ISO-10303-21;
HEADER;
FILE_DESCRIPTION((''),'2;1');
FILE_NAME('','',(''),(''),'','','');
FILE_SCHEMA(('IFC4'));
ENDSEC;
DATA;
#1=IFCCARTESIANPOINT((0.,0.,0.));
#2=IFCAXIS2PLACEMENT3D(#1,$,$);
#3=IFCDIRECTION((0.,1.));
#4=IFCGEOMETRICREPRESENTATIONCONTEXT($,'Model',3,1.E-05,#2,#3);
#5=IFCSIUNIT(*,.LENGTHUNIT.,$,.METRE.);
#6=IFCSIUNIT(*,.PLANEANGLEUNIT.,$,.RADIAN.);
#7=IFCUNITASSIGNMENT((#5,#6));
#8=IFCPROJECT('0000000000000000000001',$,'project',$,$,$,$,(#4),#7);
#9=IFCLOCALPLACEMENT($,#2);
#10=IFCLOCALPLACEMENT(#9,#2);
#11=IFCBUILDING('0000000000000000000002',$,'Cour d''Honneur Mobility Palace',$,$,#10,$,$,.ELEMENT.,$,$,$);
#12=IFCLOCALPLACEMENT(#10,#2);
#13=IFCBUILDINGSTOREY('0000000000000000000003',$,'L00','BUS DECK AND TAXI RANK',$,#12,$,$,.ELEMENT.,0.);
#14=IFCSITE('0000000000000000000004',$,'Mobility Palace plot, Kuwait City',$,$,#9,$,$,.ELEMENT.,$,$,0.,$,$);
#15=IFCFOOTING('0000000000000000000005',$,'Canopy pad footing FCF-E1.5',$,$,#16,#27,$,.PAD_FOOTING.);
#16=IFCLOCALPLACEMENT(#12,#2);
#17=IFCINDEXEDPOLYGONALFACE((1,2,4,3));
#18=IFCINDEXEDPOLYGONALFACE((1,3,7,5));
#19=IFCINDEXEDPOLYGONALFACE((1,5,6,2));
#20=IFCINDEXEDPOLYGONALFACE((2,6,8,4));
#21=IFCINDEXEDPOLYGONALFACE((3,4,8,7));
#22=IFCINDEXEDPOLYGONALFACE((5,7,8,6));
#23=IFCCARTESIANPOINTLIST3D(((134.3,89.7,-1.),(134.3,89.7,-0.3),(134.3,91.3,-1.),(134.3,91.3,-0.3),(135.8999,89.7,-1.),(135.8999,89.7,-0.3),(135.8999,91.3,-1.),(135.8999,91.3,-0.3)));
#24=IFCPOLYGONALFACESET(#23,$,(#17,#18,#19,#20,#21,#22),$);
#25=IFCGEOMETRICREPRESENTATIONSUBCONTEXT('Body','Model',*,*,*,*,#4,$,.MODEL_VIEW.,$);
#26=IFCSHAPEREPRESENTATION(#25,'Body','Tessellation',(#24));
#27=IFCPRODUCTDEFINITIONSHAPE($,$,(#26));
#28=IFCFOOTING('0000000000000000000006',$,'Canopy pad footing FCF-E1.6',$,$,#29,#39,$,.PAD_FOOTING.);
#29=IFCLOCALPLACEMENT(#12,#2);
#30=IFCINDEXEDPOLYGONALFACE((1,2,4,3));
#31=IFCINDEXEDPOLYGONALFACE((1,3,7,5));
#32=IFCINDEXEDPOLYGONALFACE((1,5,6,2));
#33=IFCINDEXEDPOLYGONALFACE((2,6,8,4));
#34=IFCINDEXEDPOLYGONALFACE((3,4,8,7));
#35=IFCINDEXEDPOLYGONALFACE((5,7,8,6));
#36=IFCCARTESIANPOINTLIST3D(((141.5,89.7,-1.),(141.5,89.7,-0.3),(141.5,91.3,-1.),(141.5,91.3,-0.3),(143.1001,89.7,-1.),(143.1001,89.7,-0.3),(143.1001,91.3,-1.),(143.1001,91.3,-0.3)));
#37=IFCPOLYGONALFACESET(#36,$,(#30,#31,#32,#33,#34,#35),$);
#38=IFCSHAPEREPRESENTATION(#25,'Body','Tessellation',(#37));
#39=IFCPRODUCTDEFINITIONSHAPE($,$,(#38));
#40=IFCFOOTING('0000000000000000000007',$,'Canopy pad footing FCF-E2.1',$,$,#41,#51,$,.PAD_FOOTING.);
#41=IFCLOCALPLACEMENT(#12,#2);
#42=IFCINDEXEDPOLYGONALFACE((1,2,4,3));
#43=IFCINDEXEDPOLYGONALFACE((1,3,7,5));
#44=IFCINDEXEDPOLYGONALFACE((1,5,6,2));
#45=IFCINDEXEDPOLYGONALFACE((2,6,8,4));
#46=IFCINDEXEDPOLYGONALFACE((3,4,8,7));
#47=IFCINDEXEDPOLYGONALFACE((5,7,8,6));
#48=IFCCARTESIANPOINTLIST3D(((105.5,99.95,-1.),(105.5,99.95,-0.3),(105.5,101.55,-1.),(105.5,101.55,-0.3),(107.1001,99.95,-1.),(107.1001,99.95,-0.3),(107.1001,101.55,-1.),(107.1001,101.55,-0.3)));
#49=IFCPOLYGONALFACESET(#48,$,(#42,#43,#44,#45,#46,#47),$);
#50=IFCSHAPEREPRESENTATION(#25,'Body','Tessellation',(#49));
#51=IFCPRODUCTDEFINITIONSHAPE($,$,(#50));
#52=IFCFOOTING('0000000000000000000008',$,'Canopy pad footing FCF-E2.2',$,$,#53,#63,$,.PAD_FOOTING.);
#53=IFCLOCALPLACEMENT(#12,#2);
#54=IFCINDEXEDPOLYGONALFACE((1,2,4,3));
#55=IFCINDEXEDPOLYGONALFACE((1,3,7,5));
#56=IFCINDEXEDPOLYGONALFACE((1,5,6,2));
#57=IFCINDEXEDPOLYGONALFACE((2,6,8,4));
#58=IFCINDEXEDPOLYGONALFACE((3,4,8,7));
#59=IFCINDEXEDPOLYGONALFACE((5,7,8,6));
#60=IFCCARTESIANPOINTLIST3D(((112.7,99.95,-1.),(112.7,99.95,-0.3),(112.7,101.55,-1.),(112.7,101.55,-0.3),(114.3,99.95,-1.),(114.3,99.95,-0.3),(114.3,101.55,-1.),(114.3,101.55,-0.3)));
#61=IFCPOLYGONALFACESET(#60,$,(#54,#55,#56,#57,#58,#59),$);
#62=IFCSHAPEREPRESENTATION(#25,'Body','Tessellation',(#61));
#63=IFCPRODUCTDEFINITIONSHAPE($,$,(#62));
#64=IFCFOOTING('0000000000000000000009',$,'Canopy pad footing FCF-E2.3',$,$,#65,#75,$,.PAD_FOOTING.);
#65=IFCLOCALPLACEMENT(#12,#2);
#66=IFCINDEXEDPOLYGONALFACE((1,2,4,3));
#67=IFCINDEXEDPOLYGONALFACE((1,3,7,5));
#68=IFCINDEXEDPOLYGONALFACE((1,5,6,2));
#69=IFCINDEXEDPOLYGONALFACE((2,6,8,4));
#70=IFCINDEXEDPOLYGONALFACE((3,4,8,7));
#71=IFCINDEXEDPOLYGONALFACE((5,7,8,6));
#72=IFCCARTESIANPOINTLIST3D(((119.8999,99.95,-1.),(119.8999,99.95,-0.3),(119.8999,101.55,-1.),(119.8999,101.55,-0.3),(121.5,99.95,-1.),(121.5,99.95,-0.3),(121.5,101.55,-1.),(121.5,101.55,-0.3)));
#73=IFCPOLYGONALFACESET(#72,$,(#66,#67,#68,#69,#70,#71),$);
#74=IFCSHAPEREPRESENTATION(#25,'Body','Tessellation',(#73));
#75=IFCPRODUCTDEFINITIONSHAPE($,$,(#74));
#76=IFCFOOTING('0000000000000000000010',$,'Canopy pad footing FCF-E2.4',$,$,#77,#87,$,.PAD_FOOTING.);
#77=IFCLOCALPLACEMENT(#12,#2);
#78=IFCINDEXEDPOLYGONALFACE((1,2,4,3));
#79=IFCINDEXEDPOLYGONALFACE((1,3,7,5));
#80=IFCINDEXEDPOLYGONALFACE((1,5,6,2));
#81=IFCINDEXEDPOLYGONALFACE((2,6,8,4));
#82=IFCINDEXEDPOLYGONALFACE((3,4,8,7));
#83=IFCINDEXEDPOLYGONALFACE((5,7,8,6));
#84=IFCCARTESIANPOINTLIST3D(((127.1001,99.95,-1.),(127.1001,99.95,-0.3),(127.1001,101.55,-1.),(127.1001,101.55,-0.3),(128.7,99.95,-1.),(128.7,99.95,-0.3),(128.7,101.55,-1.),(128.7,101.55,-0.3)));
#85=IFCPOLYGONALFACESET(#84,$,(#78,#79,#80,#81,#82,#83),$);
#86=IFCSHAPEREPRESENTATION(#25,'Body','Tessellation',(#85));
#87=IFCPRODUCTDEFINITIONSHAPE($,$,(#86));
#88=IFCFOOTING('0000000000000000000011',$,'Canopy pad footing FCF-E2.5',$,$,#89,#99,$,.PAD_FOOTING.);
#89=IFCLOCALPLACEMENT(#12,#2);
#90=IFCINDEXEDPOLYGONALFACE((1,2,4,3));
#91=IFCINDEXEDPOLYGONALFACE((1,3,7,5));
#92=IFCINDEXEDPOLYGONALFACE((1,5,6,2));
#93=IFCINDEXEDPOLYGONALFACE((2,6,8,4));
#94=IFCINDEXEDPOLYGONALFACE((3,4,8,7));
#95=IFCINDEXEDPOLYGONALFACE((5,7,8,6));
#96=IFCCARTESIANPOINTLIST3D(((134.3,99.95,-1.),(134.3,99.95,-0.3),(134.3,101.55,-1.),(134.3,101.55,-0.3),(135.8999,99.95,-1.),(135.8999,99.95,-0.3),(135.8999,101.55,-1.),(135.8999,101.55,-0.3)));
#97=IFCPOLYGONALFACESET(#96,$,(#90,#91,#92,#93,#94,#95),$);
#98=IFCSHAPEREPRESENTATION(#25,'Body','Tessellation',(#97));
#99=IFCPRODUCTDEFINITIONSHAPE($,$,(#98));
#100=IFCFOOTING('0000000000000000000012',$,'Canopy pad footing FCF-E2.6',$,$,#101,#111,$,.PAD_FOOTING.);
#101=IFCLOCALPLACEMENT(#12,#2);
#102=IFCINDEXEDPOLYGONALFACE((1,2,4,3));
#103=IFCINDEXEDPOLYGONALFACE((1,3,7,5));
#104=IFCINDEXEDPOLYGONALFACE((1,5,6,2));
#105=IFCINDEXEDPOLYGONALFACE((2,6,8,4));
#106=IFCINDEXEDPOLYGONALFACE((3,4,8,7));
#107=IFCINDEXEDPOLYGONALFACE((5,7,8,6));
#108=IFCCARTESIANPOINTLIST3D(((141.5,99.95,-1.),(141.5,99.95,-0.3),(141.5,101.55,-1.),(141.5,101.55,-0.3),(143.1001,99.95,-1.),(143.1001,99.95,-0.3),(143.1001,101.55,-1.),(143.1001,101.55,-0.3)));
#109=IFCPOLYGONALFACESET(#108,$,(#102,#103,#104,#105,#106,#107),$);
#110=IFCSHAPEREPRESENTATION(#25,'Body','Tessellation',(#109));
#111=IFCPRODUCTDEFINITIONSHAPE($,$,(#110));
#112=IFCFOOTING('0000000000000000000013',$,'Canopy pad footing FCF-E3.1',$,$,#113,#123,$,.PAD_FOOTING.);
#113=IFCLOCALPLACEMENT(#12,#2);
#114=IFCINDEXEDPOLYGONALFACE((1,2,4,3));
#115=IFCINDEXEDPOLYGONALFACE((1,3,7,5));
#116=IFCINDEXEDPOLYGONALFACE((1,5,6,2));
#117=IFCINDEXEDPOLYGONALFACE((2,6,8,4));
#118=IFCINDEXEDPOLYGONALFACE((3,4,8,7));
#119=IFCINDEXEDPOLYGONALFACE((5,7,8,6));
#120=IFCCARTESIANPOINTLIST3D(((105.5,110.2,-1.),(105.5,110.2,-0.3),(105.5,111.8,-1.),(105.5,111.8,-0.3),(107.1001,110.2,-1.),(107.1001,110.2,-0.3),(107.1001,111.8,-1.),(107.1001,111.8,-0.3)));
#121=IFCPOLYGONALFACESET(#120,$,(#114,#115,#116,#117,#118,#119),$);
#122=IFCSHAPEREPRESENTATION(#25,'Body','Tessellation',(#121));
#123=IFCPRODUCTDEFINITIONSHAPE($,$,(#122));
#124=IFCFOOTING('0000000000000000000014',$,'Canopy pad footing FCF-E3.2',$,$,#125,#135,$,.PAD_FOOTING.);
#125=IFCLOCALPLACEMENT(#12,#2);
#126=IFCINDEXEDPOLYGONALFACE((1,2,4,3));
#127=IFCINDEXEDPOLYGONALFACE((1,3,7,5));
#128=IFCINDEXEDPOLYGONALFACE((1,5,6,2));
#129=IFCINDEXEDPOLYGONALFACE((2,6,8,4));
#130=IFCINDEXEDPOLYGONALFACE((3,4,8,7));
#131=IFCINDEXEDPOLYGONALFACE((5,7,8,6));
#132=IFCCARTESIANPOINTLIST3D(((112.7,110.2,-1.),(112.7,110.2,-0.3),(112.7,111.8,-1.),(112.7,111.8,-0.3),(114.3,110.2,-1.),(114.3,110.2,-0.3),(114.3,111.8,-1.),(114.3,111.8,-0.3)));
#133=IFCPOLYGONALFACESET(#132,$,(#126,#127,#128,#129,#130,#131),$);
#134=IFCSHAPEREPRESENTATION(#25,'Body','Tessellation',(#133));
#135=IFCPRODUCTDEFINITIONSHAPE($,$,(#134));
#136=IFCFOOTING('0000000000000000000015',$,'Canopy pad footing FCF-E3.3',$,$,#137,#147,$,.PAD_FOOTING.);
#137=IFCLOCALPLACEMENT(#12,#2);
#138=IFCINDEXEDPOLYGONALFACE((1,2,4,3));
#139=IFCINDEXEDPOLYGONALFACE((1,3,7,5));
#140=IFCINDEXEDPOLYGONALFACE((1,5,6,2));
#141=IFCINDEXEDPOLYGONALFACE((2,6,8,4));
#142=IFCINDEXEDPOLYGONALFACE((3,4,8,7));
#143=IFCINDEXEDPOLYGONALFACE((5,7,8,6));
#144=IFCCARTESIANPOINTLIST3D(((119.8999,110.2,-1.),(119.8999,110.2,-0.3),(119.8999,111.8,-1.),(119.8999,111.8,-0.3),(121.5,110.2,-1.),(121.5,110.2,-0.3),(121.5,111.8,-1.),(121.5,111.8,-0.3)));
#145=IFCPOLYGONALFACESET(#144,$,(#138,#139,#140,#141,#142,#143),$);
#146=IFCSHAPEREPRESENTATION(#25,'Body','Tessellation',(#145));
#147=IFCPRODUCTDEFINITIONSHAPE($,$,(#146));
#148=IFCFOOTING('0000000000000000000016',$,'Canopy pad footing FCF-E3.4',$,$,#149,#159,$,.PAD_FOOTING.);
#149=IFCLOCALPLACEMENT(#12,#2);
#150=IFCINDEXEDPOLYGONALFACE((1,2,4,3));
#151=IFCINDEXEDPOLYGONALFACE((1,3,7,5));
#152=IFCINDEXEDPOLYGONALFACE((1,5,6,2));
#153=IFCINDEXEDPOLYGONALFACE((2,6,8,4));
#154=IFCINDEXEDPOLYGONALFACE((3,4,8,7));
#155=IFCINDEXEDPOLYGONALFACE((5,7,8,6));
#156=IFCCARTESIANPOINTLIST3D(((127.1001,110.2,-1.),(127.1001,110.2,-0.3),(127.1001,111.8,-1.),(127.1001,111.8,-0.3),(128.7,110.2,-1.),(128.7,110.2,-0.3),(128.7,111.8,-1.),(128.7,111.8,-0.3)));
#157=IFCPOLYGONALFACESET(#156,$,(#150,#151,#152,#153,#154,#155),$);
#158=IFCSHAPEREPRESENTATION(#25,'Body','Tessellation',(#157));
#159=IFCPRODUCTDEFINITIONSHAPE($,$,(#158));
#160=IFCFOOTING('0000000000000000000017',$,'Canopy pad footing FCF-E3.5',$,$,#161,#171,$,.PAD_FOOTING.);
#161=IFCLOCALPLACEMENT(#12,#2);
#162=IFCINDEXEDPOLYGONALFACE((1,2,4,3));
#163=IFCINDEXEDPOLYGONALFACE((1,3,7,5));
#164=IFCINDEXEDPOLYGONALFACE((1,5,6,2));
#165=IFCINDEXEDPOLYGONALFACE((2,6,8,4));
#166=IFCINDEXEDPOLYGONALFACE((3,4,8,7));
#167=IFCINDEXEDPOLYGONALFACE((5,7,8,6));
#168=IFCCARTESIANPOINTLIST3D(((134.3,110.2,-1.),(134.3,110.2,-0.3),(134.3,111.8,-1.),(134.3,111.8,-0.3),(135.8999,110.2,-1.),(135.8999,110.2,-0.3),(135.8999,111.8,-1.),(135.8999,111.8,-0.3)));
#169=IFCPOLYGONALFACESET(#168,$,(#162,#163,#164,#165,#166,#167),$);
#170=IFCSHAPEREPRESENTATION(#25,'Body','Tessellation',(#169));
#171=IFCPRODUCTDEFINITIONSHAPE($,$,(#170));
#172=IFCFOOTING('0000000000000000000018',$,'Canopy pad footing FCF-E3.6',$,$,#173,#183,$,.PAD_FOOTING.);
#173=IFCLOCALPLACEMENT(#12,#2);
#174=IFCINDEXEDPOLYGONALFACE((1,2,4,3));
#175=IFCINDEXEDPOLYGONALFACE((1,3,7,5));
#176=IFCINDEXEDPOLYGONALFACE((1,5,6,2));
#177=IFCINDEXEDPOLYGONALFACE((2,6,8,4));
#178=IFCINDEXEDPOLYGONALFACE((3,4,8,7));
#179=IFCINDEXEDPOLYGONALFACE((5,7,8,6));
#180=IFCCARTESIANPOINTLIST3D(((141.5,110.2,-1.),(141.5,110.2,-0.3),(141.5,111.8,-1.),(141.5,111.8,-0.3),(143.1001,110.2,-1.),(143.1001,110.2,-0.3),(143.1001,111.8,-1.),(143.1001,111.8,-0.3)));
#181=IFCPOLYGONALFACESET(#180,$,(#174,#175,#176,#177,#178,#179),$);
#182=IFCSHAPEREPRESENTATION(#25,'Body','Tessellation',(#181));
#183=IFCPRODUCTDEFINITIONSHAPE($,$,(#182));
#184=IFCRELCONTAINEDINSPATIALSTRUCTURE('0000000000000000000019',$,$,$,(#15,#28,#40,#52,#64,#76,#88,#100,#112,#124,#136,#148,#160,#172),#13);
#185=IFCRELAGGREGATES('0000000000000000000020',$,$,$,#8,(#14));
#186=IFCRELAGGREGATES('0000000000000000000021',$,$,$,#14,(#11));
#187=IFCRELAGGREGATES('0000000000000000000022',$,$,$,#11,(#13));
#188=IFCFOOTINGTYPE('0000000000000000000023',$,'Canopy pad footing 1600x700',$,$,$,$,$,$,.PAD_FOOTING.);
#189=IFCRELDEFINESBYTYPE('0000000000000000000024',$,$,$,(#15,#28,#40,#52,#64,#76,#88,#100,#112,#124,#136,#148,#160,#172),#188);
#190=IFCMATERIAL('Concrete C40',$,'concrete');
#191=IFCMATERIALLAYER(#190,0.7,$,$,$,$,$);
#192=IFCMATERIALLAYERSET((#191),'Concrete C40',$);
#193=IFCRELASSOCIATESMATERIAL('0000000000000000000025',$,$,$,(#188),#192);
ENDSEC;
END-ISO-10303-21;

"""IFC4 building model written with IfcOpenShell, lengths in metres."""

from ifc_helpers import new_model, si_unit, direction, frame, origin, place, context, subcontext, project, spatial, polyline, outline, extrude, material, layer, layer_set, type_object, element, save


model = new_model("IFC4")

# Units and contexts
model_context = context("Model", 3, precision=1e-05, world=origin(), true_north=direction((0.0, 1.0)))
body_context = subcontext(model_context, "Body", "Model", "MODEL_VIEW")
ifc_project = project(units=[si_unit("LENGTHUNIT", "METRE"), si_unit("PLANEANGLEUNIT", "RADIAN")], contexts=[model_context])

# Site, building, storey
site_placement = place(None, origin())
site = spatial("IfcSite", under=ifc_project, at=site_placement, Name="Mobility Palace plot, Kuwait City", CompositionType="ELEMENT", RefElevation=0.0)
building_placement = place(site_placement, origin())
building = spatial("IfcBuilding", under=site, at=building_placement, Name="Cour d'Honneur Mobility Palace", CompositionType="ELEMENT")
storey_placement = place(building_placement, origin())
storey = spatial("IfcBuildingStorey", under=building, at=storey_placement, Name="L00", Description="BUS DECK AND TAXI RANK", CompositionType="ELEMENT", Elevation=0.0)

# Footings
ifc_material_1 = material(Name="Concrete C40", Category="concrete")
ifc_layer_1 = layer(ifc_material_1, 0.7)
ifc_layer_set_1 = layer_set([ifc_layer_1], Name="Concrete C40")
footing_type = type_object("IfcFootingType", Name="Canopy pad footing 1600x700", PredefinedType="PAD_FOOTING", material=ifc_layer_set_1)
footing_1_placement = place(storey_placement, frame((0.0, 0.0, -1.0)))
element("IfcFooting", 1, at=footing_1_placement, inside=storey, type_object=footing_type, Name="Canopy pad footing FCF-E1.5", PredefinedType="PAD_FOOTING", context=body_context, shape_type="SweptSolid", body=[
    extrude(outline(polyline([(134.3, 89.7), (135.8999, 89.7), (135.8999, 91.3), (134.3, 91.3), (134.3, 89.7)])), origin(), (0.0, 0.0, 1.0), 0.7),
])
footing_2_placement = place(storey_placement, frame((0.0, 0.0, -1.0)))
element("IfcFooting", 2, at=footing_2_placement, inside=storey, type_object=footing_type, Name="Canopy pad footing FCF-E1.6", PredefinedType="PAD_FOOTING", context=body_context, shape_type="SweptSolid", body=[
    extrude(outline(polyline([(141.5, 89.7), (143.1001, 89.7), (143.1001, 91.3), (141.5, 91.3), (141.5, 89.7)])), origin(), (0.0, 0.0, 1.0), 0.7),
])
footing_3_placement = place(storey_placement, frame((0.0, 0.0, -1.0)))
element("IfcFooting", 3, at=footing_3_placement, inside=storey, type_object=footing_type, Name="Canopy pad footing FCF-E2.1", PredefinedType="PAD_FOOTING", context=body_context, shape_type="SweptSolid", body=[
    extrude(outline(polyline([(105.5, 99.95), (107.1001, 99.95), (107.1001, 101.55), (105.5, 101.55), (105.5, 99.95)])), origin(), (0.0, 0.0, 1.0), 0.7),
])
footing_4_placement = place(storey_placement, frame((0.0, 0.0, -1.0)))
element("IfcFooting", 4, at=footing_4_placement, inside=storey, type_object=footing_type, Name="Canopy pad footing FCF-E2.2", PredefinedType="PAD_FOOTING", context=body_context, shape_type="SweptSolid", body=[
    extrude(outline(polyline([(112.7, 99.95), (114.3, 99.95), (114.3, 101.55), (112.7, 101.55), (112.7, 99.95)])), origin(), (0.0, 0.0, 1.0), 0.7),
])
footing_5_placement = place(storey_placement, frame((0.0, 0.0, -1.0)))
element("IfcFooting", 5, at=footing_5_placement, inside=storey, type_object=footing_type, Name="Canopy pad footing FCF-E2.3", PredefinedType="PAD_FOOTING", context=body_context, shape_type="SweptSolid", body=[
    extrude(outline(polyline([(119.8999, 99.95), (121.5, 99.95), (121.5, 101.55), (119.8999, 101.55), (119.8999, 99.95)])), origin(), (0.0, 0.0, 1.0), 0.7),
])
footing_6_placement = place(storey_placement, frame((0.0, 0.0, -1.0)))
element("IfcFooting", 6, at=footing_6_placement, inside=storey, type_object=footing_type, Name="Canopy pad footing FCF-E2.4", PredefinedType="PAD_FOOTING", context=body_context, shape_type="SweptSolid", body=[
    extrude(outline(polyline([(127.1001, 99.95), (128.7, 99.95), (128.7, 101.55), (127.1001, 101.55), (127.1001, 99.95)])), origin(), (0.0, 0.0, 1.0), 0.7),
])
footing_7_placement = place(storey_placement, frame((0.0, 0.0, -1.0)))
element("IfcFooting", 7, at=footing_7_placement, inside=storey, type_object=footing_type, Name="Canopy pad footing FCF-E2.5", PredefinedType="PAD_FOOTING", context=body_context, shape_type="SweptSolid", body=[
    extrude(outline(polyline([(134.3, 99.95), (135.8999, 99.95), (135.8999, 101.55), (134.3, 101.55), (134.3, 99.95)])), origin(), (0.0, 0.0, 1.0), 0.7),
])
footing_8_placement = place(storey_placement, frame((0.0, 0.0, -1.0)))
element("IfcFooting", 8, at=footing_8_placement, inside=storey, type_object=footing_type, Name="Canopy pad footing FCF-E2.6", PredefinedType="PAD_FOOTING", context=body_context, shape_type="SweptSolid", body=[
    extrude(outline(polyline([(141.5, 99.95), (143.1001, 99.95), (143.1001, 101.55), (141.5, 101.55), (141.5, 99.95)])), origin(), (0.0, 0.0, 1.0), 0.7),
])
footing_9_placement = place(storey_placement, frame((0.0, 0.0, -1.0)))
element("IfcFooting", 9, at=footing_9_placement, inside=storey, type_object=footing_type, Name="Canopy pad footing FCF-E3.1", PredefinedType="PAD_FOOTING", context=body_context, shape_type="SweptSolid", body=[
    extrude(outline(polyline([(105.5, 110.2), (107.1001, 110.2), (107.1001, 111.8), (105.5, 111.8), (105.5, 110.2)])), origin(), (0.0, 0.0, 1.0), 0.7),
])
footing_10_placement = place(storey_placement, frame((0.0, 0.0, -1.0)))
element("IfcFooting", 10, at=footing_10_placement, inside=storey, type_object=footing_type, Name="Canopy pad footing FCF-E3.2", PredefinedType="PAD_FOOTING", context=body_context, shape_type="SweptSolid", body=[
    extrude(outline(polyline([(112.7, 110.2), (114.3, 110.2), (114.3, 111.8), (112.7, 111.8), (112.7, 110.2)])), origin(), (0.0, 0.0, 1.0), 0.7),
])
footing_11_placement = place(storey_placement, frame((0.0, 0.0, -1.0)))
element("IfcFooting", 11, at=footing_11_placement, inside=storey, type_object=footing_type, Name="Canopy pad footing FCF-E3.3", PredefinedType="PAD_FOOTING", context=body_context, shape_type="SweptSolid", body=[
    extrude(outline(polyline([(119.8999, 110.2), (121.5, 110.2), (121.5, 111.8), (119.8999, 111.8), (119.8999, 110.2)])), origin(), (0.0, 0.0, 1.0), 0.7),
])
footing_12_placement = place(storey_placement, frame((0.0, 0.0, -1.0)))
element("IfcFooting", 12, at=footing_12_placement, inside=storey, type_object=footing_type, Name="Canopy pad footing FCF-E3.4", PredefinedType="PAD_FOOTING", context=body_context, shape_type="SweptSolid", body=[
    extrude(outline(polyline([(127.1001, 110.2), (128.7, 110.2), (128.7, 111.8), (127.1001, 111.8), (127.1001, 110.2)])), origin(), (0.0, 0.0, 1.0), 0.7),
])
footing_13_placement = place(storey_placement, frame((0.0, 0.0, -1.0)))
element("IfcFooting", 13, at=footing_13_placement, inside=storey, type_object=footing_type, Name="Canopy pad footing FCF-E3.5", PredefinedType="PAD_FOOTING", context=body_context, shape_type="SweptSolid", body=[
    extrude(outline(polyline([(134.3, 110.2), (135.8999, 110.2), (135.8999, 111.8), (134.3, 111.8), (134.3, 110.2)])), origin(), (0.0, 0.0, 1.0), 0.7),
])
footing_14_placement = place(storey_placement, frame((0.0, 0.0, -1.0)))
element("IfcFooting", 14, at=footing_14_placement, inside=storey, type_object=footing_type, Name="Canopy pad footing FCF-E3.6", PredefinedType="PAD_FOOTING", context=body_context, shape_type="SweptSolid", body=[
    extrude(outline(polyline([(141.5, 110.2), (143.1001, 110.2), (143.1001, 111.8), (141.5, 111.8), (141.5, 110.2)])), origin(), (0.0, 0.0, 1.0), 0.7),
])

save(model, "model.ifc")
